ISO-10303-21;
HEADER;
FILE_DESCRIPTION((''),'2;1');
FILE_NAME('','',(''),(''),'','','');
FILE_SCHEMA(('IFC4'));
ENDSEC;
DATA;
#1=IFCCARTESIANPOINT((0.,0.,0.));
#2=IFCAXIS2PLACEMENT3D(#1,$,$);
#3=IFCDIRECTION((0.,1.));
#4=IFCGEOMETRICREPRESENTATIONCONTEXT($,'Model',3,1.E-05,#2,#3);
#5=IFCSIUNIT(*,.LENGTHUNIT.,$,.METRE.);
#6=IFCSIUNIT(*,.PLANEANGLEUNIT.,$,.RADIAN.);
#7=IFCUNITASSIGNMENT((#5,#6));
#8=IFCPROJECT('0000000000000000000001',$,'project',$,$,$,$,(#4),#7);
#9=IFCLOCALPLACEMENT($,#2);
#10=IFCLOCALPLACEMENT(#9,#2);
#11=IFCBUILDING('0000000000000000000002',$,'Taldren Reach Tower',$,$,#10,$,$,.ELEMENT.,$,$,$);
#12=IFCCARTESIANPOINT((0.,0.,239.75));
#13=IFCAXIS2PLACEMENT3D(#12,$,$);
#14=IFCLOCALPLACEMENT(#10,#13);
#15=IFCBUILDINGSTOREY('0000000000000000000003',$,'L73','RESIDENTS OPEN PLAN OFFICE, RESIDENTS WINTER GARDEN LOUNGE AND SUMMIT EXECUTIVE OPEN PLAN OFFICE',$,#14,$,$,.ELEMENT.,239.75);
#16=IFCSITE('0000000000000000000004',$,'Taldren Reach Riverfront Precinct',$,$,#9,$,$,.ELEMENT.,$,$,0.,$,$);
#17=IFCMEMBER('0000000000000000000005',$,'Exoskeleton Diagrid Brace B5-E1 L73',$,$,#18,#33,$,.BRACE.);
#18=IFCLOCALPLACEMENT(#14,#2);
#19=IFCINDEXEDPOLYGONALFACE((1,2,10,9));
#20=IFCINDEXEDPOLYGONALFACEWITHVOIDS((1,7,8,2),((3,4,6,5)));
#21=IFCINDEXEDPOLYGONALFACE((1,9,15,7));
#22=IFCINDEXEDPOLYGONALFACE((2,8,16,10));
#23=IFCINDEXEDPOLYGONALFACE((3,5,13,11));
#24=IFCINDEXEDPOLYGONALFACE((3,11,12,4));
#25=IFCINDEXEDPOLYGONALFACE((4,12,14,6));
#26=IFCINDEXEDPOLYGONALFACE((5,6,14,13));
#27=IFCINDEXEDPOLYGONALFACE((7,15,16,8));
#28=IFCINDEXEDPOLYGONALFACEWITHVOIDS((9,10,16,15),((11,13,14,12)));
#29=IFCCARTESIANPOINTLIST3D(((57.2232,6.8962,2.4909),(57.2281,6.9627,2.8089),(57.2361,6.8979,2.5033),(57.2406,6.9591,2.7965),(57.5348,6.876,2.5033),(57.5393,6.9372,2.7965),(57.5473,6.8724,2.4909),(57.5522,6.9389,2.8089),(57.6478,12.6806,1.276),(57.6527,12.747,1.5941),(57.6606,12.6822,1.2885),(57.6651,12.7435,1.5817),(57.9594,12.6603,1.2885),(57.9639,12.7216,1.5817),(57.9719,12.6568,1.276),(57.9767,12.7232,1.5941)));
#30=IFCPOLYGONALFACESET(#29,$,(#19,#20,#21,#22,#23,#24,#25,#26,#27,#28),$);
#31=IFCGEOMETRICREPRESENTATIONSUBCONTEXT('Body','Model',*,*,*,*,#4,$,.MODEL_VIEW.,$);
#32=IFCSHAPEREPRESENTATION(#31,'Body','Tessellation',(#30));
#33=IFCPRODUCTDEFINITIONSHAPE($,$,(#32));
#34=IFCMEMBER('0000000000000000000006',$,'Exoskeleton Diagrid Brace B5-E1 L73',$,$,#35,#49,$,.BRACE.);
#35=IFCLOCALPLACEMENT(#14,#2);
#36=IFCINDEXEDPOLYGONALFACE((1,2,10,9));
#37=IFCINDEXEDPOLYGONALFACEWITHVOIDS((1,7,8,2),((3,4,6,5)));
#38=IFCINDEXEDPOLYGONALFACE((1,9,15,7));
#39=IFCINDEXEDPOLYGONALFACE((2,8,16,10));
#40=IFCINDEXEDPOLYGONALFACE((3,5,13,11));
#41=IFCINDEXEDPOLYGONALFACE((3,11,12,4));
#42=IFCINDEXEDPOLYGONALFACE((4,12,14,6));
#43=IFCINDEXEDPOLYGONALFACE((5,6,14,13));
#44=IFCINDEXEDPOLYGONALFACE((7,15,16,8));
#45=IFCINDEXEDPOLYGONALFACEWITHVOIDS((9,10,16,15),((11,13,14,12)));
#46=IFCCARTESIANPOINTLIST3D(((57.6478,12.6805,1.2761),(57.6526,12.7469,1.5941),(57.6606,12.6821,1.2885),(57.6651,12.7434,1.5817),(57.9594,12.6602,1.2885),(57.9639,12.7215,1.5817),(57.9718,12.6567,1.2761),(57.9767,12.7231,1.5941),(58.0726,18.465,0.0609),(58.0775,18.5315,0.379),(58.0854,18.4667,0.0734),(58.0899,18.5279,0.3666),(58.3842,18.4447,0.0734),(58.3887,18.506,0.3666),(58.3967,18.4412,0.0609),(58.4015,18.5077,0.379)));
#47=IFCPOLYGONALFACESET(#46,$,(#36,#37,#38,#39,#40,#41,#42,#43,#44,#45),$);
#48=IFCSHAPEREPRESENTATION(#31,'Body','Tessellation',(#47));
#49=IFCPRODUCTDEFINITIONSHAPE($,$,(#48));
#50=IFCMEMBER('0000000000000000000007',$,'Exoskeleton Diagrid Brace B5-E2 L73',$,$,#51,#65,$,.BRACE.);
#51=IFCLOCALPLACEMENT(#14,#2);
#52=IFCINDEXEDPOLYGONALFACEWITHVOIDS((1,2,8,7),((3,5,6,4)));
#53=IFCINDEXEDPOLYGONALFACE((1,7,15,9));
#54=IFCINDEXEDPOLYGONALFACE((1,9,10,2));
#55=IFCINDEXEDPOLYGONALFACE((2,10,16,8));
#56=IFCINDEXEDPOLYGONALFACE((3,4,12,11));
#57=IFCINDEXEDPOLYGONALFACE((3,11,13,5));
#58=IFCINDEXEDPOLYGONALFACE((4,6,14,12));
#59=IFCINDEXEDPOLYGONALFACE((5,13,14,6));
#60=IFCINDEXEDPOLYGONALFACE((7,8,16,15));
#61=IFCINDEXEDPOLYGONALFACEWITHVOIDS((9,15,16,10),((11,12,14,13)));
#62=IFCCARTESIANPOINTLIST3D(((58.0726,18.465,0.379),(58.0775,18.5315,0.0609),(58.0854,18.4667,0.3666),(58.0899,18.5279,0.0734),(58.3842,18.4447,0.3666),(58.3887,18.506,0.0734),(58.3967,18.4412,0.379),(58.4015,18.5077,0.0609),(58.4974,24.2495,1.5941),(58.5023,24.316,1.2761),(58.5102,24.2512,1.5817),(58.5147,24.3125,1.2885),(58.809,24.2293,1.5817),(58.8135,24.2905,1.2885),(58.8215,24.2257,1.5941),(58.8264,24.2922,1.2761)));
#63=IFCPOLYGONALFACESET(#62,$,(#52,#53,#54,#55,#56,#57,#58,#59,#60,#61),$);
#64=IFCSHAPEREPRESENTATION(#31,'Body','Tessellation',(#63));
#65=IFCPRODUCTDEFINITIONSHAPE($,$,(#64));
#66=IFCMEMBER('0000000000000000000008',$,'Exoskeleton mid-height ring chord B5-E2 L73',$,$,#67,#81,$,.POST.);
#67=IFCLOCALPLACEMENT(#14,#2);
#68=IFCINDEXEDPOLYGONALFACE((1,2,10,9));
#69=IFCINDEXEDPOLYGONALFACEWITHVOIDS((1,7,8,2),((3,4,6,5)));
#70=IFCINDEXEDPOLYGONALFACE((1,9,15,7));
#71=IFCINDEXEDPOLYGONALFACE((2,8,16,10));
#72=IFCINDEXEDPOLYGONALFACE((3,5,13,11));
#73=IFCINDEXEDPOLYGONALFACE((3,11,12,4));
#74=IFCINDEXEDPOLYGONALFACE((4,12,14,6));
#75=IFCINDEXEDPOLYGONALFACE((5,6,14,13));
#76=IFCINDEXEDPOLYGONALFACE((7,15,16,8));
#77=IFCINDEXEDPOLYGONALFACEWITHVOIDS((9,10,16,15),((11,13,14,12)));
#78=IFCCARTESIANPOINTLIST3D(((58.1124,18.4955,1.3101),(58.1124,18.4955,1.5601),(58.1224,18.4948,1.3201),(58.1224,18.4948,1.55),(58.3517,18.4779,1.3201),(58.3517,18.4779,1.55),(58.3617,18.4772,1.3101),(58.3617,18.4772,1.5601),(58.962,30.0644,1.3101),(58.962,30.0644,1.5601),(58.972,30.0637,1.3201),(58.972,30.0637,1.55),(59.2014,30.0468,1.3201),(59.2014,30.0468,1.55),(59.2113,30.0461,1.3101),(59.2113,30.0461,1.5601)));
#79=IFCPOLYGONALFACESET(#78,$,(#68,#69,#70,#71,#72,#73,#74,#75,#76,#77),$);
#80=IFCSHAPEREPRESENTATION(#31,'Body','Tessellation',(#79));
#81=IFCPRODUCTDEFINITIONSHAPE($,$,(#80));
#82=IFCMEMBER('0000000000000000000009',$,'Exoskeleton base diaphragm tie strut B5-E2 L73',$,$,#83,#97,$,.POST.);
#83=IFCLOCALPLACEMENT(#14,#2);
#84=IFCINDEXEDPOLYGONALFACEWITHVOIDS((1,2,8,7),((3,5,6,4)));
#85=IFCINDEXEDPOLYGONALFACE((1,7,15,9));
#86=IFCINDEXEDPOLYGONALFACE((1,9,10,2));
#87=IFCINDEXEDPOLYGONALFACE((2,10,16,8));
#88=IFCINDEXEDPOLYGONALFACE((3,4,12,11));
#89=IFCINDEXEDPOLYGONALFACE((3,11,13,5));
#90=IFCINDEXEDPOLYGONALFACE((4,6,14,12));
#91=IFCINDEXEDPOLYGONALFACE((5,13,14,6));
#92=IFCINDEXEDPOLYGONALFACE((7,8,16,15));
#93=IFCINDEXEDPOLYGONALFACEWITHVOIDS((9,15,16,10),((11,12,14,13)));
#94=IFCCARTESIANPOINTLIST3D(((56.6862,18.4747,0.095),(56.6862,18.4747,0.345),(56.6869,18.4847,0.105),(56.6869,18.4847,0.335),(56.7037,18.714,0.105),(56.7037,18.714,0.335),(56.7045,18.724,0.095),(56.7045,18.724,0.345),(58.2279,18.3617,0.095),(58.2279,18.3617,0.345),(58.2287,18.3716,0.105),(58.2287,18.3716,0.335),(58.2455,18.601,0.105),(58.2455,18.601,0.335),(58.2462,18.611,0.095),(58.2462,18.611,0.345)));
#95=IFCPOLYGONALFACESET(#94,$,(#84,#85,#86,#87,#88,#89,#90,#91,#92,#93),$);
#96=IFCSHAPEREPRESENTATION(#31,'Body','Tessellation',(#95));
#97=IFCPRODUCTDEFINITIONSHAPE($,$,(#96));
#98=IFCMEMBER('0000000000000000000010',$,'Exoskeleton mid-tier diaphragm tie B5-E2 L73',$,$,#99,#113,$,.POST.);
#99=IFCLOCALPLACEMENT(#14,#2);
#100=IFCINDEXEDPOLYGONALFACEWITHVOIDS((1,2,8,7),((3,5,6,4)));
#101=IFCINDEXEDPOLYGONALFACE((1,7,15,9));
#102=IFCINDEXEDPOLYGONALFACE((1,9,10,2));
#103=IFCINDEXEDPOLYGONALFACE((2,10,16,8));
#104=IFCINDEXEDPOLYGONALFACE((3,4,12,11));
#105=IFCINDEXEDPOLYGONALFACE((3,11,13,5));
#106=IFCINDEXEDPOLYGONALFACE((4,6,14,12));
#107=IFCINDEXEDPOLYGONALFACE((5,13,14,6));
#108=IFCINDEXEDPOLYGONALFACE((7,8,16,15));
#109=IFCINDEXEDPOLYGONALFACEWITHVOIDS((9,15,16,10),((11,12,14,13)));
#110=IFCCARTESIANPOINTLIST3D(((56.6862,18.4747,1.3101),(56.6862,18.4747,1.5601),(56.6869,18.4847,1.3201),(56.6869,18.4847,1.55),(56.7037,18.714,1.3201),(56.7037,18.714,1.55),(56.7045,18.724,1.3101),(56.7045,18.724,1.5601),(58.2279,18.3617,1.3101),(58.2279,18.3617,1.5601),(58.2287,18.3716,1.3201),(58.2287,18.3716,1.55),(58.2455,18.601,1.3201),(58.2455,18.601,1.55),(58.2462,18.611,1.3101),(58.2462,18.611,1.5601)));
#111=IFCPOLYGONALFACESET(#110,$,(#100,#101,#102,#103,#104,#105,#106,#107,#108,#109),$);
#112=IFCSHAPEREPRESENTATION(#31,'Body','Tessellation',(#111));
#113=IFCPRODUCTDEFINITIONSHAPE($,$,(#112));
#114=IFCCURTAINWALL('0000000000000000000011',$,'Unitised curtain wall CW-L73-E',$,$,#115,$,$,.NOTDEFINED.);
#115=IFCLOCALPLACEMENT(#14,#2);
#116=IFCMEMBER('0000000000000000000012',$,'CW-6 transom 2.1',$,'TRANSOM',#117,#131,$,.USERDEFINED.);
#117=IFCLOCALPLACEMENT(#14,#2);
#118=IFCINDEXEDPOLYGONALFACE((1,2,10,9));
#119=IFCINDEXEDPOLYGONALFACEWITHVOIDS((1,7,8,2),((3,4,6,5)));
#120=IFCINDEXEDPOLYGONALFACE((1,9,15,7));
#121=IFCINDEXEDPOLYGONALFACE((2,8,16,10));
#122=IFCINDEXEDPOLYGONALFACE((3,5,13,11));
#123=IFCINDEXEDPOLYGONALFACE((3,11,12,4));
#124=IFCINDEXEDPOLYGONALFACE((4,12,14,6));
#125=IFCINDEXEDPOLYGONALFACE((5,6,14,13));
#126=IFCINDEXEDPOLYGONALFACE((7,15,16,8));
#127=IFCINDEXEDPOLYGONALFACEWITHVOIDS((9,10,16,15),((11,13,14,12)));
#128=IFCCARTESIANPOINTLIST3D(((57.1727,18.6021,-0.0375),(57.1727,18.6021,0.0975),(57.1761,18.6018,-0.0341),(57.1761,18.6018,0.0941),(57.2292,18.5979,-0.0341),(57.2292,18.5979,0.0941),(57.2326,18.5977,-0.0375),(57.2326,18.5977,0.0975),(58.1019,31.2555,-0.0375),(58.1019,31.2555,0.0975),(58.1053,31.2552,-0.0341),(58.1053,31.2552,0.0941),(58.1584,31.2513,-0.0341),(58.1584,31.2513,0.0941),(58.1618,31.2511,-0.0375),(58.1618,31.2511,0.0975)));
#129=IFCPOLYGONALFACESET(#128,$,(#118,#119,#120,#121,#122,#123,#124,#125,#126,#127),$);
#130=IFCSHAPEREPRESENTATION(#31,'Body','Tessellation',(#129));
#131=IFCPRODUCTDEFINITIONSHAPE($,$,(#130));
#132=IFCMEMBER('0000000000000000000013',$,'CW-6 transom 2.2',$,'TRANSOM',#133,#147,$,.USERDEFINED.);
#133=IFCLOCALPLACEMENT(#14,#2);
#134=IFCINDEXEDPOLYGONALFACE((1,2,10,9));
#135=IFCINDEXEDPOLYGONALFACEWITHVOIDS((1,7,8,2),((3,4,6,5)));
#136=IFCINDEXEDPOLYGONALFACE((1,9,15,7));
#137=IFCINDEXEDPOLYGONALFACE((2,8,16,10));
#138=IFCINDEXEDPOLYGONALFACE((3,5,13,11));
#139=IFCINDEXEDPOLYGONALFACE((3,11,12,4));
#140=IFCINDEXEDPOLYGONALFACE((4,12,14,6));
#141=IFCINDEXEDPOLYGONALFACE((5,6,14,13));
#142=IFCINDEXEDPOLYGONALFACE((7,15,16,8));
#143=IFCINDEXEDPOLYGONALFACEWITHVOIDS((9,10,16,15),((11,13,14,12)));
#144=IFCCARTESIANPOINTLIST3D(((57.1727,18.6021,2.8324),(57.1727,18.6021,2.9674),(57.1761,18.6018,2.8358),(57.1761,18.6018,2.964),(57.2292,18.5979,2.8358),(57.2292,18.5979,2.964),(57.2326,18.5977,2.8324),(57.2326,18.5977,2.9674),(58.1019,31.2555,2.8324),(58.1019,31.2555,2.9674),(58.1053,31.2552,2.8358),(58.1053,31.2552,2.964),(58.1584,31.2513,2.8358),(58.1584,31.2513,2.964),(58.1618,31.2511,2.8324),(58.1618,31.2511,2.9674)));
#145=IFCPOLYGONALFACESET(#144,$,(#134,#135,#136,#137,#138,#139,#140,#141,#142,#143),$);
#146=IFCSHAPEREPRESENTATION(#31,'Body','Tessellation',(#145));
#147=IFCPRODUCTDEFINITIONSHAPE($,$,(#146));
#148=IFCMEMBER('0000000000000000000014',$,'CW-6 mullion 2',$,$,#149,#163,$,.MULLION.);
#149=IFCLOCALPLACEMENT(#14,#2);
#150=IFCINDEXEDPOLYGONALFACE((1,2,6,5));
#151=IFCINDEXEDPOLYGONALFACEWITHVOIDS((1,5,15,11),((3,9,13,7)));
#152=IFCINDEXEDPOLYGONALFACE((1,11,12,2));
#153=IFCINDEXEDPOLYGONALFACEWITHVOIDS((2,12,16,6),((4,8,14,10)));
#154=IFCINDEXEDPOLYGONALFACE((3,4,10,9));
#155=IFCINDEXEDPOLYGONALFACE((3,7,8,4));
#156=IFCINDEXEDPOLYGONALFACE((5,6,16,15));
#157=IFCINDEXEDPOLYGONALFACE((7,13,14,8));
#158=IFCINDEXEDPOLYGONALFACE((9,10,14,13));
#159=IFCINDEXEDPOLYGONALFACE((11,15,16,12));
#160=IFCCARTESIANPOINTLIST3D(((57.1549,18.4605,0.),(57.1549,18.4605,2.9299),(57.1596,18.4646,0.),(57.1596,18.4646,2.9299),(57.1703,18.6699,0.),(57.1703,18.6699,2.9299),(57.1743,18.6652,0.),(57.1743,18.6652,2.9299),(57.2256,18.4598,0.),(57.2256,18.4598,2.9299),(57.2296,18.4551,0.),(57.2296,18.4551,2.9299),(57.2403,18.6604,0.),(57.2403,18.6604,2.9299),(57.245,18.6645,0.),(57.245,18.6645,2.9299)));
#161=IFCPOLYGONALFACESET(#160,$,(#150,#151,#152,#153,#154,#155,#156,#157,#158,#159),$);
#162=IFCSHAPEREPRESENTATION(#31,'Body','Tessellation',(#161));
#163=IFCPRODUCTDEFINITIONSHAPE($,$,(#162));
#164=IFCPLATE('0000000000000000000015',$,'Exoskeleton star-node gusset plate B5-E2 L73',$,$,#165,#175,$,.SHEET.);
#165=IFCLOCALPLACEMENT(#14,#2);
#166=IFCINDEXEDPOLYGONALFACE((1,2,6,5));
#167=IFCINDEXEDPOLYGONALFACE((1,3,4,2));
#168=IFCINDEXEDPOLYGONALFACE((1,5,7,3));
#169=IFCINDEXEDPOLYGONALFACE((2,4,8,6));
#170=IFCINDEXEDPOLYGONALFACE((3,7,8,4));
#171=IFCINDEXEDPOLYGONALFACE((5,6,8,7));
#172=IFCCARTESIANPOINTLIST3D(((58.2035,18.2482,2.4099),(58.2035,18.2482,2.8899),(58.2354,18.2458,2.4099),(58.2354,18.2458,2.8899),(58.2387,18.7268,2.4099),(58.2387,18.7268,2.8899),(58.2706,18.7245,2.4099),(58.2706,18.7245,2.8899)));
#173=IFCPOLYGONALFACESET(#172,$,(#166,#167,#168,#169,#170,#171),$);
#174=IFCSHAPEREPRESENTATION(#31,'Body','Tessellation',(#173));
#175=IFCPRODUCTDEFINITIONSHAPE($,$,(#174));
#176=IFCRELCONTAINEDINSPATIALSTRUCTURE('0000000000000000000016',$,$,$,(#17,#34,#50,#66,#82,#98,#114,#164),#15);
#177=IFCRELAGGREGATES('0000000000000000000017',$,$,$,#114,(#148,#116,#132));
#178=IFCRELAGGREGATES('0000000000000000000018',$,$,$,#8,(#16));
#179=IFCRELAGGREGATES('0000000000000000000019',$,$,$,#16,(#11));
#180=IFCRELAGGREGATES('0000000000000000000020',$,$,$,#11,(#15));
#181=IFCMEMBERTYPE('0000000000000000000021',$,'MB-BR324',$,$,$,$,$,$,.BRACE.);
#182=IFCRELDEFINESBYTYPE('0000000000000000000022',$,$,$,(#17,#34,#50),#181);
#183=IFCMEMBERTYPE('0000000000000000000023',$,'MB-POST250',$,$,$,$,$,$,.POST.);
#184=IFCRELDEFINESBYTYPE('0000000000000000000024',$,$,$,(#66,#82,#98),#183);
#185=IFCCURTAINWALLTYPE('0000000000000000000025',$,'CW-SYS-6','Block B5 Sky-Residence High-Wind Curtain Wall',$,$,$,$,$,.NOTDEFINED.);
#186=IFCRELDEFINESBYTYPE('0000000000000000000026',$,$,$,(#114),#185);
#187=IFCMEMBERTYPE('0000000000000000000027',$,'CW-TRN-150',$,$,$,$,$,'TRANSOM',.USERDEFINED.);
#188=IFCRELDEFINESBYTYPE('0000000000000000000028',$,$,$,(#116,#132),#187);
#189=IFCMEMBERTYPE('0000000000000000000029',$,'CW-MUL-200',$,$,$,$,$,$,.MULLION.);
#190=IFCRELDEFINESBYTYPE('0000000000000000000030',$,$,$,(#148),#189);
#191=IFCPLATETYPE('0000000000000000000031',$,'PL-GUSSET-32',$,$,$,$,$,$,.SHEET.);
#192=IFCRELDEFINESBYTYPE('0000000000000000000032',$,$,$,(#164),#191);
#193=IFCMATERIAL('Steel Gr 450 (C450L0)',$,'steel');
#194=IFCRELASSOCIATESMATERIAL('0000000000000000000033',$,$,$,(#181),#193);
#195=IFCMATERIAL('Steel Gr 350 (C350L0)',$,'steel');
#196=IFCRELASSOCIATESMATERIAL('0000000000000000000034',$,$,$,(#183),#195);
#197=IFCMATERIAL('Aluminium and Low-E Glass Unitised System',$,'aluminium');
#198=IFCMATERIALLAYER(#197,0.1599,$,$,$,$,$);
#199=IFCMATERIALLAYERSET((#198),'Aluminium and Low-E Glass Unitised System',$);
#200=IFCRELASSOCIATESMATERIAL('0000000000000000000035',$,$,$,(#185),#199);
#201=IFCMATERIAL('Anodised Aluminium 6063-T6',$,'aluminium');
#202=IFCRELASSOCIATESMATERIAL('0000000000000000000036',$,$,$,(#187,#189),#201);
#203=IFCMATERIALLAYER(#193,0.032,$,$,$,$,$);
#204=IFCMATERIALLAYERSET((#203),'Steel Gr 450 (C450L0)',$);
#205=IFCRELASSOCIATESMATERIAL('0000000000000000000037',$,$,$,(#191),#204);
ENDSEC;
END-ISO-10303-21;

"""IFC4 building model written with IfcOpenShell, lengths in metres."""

from ifc_helpers import new_model, si_unit, direction, frame, origin, origin_2d, place, context, subcontext, project, spatial, rectangle, hollow_rectangle, extrude, source, transform, mapped, material, layer, layer_set, material_profile, profile_set, type_object, element, aggregate, save


model = new_model("IFC4")

# Units and contexts
model_context = context("Model", 3, precision=1e-05, world=origin(), true_north=direction((0.0, 1.0)))
body_context = subcontext(model_context, "Body", "Model", "MODEL_VIEW")
ifc_project = project(units=[si_unit("LENGTHUNIT", "METRE"), si_unit("PLANEANGLEUNIT", "RADIAN")], contexts=[model_context])

# Site, building, storey
site_placement = place(None, origin())
site = spatial("IfcSite", under=ifc_project, at=site_placement, Name="Taldren Reach Riverfront Precinct", CompositionType="ELEMENT", RefElevation=0.0)
building_placement = place(site_placement, origin())
building = spatial("IfcBuilding", under=site, at=building_placement, Name="Taldren Reach Tower", CompositionType="ELEMENT")
storey_placement = place(building_placement, frame((0.0, 0.0, 239.75)))
storey = spatial("IfcBuildingStorey", under=building, at=storey_placement, Name="L73", Description="RESIDENTS OPEN PLAN OFFICE, RESIDENTS WINTER GARDEN LOUNGE AND SUMMIT EXECUTIVE OPEN PLAN OFFICE", CompositionType="ELEMENT", Elevation=239.75)

# Shared definitions
ifc_material_1 = material(Name="Steel Gr 450 (C450L0)", Category="steel")

# Members
ifc_material_profile_1 = material_profile(ifc_material_1, hollow_rectangle(XDim=0.325, YDim=0.325, WallThickness=0.0127, at=origin_2d()), Name="325x325x12.7SHS")
ifc_profile_set_1 = profile_set([ifc_material_profile_1], Name="Steel Gr 450 (C450L0)")
member_type_1 = type_object("IfcMemberType", Name="MB-BR324", PredefinedType="BRACE", material=ifc_profile_set_1)
shared_shape_1 = source(origin(), body_context, "Body", "SweptSolid", [
    extrude(hollow_rectangle(XDim=0.325, YDim=0.325, WallThickness=0.0127, at=origin_2d()), origin(), (0.0, 0.0, 1.0), 5.9258),
])
member_1_placement = place(storey_placement, frame((57.8123, 12.7019, 1.4351), z_axis=(-0.071646, -0.976135, 0.205008), x_axis=(0.997317, -0.0732, 0.0)))
element("IfcMember", 1, at=member_1_placement, inside=storey, type_object=member_type_1, Name="Exoskeleton Diagrid Brace B5-E1 L73", PredefinedType="BRACE", context=body_context, shape_type="MappedRepresentation", body=[
    mapped(shared_shape_1, transform((0.0, 0.0, 0.0), scale=1.0)),
])
shared_shape_2 = source(origin(), body_context, "Body", "SweptSolid", [
    extrude(hollow_rectangle(XDim=0.325, YDim=0.325, WallThickness=0.0127, at=origin_2d()), origin(), (0.0, 0.0, 1.0), 5.926),
])
for number, where, z_axis, x_axis, name in (
    (2, (58.2371, 18.4863, 0.22), (-0.071686, -0.976123, 0.205046), (0.997314, -0.073242, 0.0), "Exoskeleton Diagrid Brace B5-E1 L73"),
    (3, (58.2371, 18.4863, 0.22), (0.071686, 0.976123, 0.205046), (-0.997314, 0.073242, 0.0), "Exoskeleton Diagrid Brace B5-E2 L73"),
):
    element("IfcMember", number, at=place(storey_placement, frame(where, z_axis=z_axis, x_axis=x_axis)), inside=storey, type_object=member_type_1, Name=name, PredefinedType="BRACE", context=body_context, shape_type="MappedRepresentation", body=[
        mapped(shared_shape_2, transform((0.0, 0.0, 0.0), scale=1.0)),
    ])
ifc_material_2 = material(Name="Steel Gr 350 (C350L0)", Category="steel")
ifc_material_profile_2 = material_profile(ifc_material_2, hollow_rectangle(XDim=0.25, YDim=0.25, WallThickness=0.01, at=origin_2d()), Name="250x250x10.0SHS")
ifc_profile_set_2 = profile_set([ifc_material_profile_2], Name="Steel Gr 350 (C350L0)")
member_type_2 = type_object("IfcMemberType", Name="MB-POST250", PredefinedType="POST", material=ifc_profile_set_2)
shared_shape_3 = source(origin(), body_context, "Body", "SweptSolid", [
    extrude(hollow_rectangle(XDim=0.25, YDim=0.25, WallThickness=0.01, at=origin_2d()), origin(), (0.0, 0.0, 1.0), 11.6001),
])
member_2_placement = place(storey_placement, frame((58.2371, 18.4863, 1.4351), z_axis=(0.073242, 0.997314, 0.0), x_axis=(-0.997314, 0.073242, 0.0)))
element("IfcMember", 4, at=member_2_placement, inside=storey, type_object=member_type_2, Name="Exoskeleton mid-height ring chord B5-E2 L73", PredefinedType="POST", context=body_context, shape_type="MappedRepresentation", body=[
    mapped(shared_shape_3, transform((0.0, 0.0, 0.0), scale=1.0)),
])
shared_shape_4 = source(origin(), body_context, "Body", "SweptSolid", [
    extrude(hollow_rectangle(XDim=0.25, YDim=0.25, WallThickness=0.01, at=origin_2d()), origin(), (0.0, 0.0, 1.0), 1.5459),
])
for number, where, z_axis, x_axis, name in (
    (5, (56.6953, 18.5994, 0.22), (0.997323, -0.073121, 0.0), (0.073121, 0.997323, 0.0), "Exoskeleton base diaphragm tie strut B5-E2 L73"),
    (6, (56.6953, 18.5994, 1.4351), (0.997323, -0.073121, 0.0), (0.073121, 0.997323, 0.0), "Exoskeleton mid-tier diaphragm tie B5-E2 L73"),
):
    element("IfcMember", number, at=place(storey_placement, frame(where, z_axis=z_axis, x_axis=x_axis)), inside=storey, type_object=member_type_2, Name=name, PredefinedType="POST", context=body_context, shape_type="MappedRepresentation", body=[
        mapped(shared_shape_4, transform((0.0, 0.0, 0.0), scale=1.0)),
    ])

# Curtain wall, members
ifc_material_3 = material(Name="Aluminium and Low-E Glass Unitised System", Category="aluminium")
ifc_layer_1 = layer(ifc_material_3, 0.1599)
ifc_layer_set_1 = layer_set([ifc_layer_1], Name="Aluminium and Low-E Glass Unitised System")
curtain_wall_type = type_object("IfcCurtainWallType", Name="CW-SYS-6", Description="Block B5 Sky-Residence High-Wind Curtain Wall", PredefinedType="NOTDEFINED", material=ifc_layer_set_1)
curtain_wall_placement = place(storey_placement, origin())
curtain_wall = element("IfcCurtainWall", 7, at=curtain_wall_placement, inside=storey, type_object=curtain_wall_type, Name="Unitised curtain wall CW-L73-E", PredefinedType="NOTDEFINED")
ifc_material_4 = material(Name="Anodised Aluminium 6063-T6", Category="aluminium")
ifc_material_profile_3 = material_profile(ifc_material_4, hollow_rectangle(XDim=0.0601, YDim=0.135, WallThickness=0.0034, at=origin_2d()), Name="ALU-135x60x3.5RHS")
ifc_profile_set_3 = profile_set([ifc_material_profile_3], Name="Anodised Aluminium 6063-T6")
member_type_3 = type_object("IfcMemberType", Name="CW-TRN-150", ElementType="TRANSOM", PredefinedType="USERDEFINED", material=ifc_profile_set_3)
shared_shape_5 = source(origin(), body_context, "Body", "SweptSolid", [
    extrude(hollow_rectangle(XDim=0.0601, YDim=0.135, WallThickness=0.0034, at=origin_2d()), origin(), (0.0, 0.0, 1.0), 12.6875),
])
member_3_placement = place(storey_placement, frame((57.2026, 18.5999, 0.03), z_axis=(0.073238, 0.997314, 0.0), x_axis=(-0.997314, 0.073238, 0.0)))
member_3 = element("IfcMember", 8, at=member_3_placement, type_object=member_type_3, Name="CW-6 transom 2.1", ObjectType="TRANSOM", PredefinedType="USERDEFINED", context=body_context, shape_type="MappedRepresentation", body=[
    mapped(shared_shape_5, transform((0.0, 0.0, 0.0), scale=1.0)),
])
member_4_placement = place(storey_placement, frame((57.2026, 18.5999, 2.8999), z_axis=(0.073238, 0.997314, 0.0), x_axis=(-0.997314, 0.073238, 0.0)))
member_4 = element("IfcMember", 9, at=member_4_placement, type_object=member_type_3, Name="CW-6 transom 2.2", ObjectType="TRANSOM", PredefinedType="USERDEFINED", context=body_context, shape_type="MappedRepresentation", body=[
    mapped(shared_shape_5, transform((0.0, 0.0, 0.0), scale=1.0)),
])
ifc_material_profile_4 = material_profile(ifc_material_4, hollow_rectangle(XDim=0.075, YDim=0.21, WallThickness=0.0044, at=origin_2d()), Name="ALU-210x75x4.5RHS")
ifc_profile_set_4 = profile_set([ifc_material_profile_4], Name="Anodised Aluminium 6063-T6")
member_type_4 = type_object("IfcMemberType", Name="CW-MUL-200", PredefinedType="MULLION", material=ifc_profile_set_4)
shared_shape_6 = source(origin(), body_context, "Body", "SweptSolid", [
    extrude(hollow_rectangle(XDim=0.075, YDim=0.21, WallThickness=0.0044, at=origin_2d()), origin(), (0.0, 0.0, 1.0), 2.9299),
])
member_5_placement = place(storey_placement, frame((57.2, 18.5625, 0.0), z_axis=(0.0, 0.0, 1.0), x_axis=(-0.997314, 0.073238, 0.0)))
member_5 = element("IfcMember", 10, at=member_5_placement, type_object=member_type_4, Name="CW-6 mullion 2", PredefinedType="MULLION", context=body_context, shape_type="MappedRepresentation", body=[
    mapped(shared_shape_6, transform((0.0, 0.0, 0.0), scale=1.0)),
])

# Plate
ifc_layer_2 = layer(ifc_material_1, 0.032)
ifc_layer_set_2 = layer_set([ifc_layer_2], Name="Steel Gr 450 (C450L0)")
plate_type_1 = type_object("IfcPlateType", Name="PL-GUSSET-32", PredefinedType="SHEET", material=ifc_layer_set_2)
shared_shape_7 = source(origin(), body_context, "Body", "SweptSolid", [
    extrude(rectangle(XDim=0.48, YDim=0.032, at=origin_2d()), origin(), (0.0, 0.0, 1.0), 0.48),
])
plate_1_placement = place(storey_placement, frame((58.2371, 18.4863, 2.4099), z_axis=(0.0, 0.0, 1.0), x_axis=(0.073238, 0.997314, 0.0)))
element("IfcPlate", 11, at=plate_1_placement, inside=storey, type_object=plate_type_1, Name="Exoskeleton star-node gusset plate B5-E2 L73", PredefinedType="SHEET", context=body_context, shape_type="MappedRepresentation", body=[
    mapped(shared_shape_7, transform((0.0, 0.0, 0.0), scale=1.0)),
])
aggregate(curtain_wall, [member_5, member_3, member_4])

save(model, "model.ifc")
